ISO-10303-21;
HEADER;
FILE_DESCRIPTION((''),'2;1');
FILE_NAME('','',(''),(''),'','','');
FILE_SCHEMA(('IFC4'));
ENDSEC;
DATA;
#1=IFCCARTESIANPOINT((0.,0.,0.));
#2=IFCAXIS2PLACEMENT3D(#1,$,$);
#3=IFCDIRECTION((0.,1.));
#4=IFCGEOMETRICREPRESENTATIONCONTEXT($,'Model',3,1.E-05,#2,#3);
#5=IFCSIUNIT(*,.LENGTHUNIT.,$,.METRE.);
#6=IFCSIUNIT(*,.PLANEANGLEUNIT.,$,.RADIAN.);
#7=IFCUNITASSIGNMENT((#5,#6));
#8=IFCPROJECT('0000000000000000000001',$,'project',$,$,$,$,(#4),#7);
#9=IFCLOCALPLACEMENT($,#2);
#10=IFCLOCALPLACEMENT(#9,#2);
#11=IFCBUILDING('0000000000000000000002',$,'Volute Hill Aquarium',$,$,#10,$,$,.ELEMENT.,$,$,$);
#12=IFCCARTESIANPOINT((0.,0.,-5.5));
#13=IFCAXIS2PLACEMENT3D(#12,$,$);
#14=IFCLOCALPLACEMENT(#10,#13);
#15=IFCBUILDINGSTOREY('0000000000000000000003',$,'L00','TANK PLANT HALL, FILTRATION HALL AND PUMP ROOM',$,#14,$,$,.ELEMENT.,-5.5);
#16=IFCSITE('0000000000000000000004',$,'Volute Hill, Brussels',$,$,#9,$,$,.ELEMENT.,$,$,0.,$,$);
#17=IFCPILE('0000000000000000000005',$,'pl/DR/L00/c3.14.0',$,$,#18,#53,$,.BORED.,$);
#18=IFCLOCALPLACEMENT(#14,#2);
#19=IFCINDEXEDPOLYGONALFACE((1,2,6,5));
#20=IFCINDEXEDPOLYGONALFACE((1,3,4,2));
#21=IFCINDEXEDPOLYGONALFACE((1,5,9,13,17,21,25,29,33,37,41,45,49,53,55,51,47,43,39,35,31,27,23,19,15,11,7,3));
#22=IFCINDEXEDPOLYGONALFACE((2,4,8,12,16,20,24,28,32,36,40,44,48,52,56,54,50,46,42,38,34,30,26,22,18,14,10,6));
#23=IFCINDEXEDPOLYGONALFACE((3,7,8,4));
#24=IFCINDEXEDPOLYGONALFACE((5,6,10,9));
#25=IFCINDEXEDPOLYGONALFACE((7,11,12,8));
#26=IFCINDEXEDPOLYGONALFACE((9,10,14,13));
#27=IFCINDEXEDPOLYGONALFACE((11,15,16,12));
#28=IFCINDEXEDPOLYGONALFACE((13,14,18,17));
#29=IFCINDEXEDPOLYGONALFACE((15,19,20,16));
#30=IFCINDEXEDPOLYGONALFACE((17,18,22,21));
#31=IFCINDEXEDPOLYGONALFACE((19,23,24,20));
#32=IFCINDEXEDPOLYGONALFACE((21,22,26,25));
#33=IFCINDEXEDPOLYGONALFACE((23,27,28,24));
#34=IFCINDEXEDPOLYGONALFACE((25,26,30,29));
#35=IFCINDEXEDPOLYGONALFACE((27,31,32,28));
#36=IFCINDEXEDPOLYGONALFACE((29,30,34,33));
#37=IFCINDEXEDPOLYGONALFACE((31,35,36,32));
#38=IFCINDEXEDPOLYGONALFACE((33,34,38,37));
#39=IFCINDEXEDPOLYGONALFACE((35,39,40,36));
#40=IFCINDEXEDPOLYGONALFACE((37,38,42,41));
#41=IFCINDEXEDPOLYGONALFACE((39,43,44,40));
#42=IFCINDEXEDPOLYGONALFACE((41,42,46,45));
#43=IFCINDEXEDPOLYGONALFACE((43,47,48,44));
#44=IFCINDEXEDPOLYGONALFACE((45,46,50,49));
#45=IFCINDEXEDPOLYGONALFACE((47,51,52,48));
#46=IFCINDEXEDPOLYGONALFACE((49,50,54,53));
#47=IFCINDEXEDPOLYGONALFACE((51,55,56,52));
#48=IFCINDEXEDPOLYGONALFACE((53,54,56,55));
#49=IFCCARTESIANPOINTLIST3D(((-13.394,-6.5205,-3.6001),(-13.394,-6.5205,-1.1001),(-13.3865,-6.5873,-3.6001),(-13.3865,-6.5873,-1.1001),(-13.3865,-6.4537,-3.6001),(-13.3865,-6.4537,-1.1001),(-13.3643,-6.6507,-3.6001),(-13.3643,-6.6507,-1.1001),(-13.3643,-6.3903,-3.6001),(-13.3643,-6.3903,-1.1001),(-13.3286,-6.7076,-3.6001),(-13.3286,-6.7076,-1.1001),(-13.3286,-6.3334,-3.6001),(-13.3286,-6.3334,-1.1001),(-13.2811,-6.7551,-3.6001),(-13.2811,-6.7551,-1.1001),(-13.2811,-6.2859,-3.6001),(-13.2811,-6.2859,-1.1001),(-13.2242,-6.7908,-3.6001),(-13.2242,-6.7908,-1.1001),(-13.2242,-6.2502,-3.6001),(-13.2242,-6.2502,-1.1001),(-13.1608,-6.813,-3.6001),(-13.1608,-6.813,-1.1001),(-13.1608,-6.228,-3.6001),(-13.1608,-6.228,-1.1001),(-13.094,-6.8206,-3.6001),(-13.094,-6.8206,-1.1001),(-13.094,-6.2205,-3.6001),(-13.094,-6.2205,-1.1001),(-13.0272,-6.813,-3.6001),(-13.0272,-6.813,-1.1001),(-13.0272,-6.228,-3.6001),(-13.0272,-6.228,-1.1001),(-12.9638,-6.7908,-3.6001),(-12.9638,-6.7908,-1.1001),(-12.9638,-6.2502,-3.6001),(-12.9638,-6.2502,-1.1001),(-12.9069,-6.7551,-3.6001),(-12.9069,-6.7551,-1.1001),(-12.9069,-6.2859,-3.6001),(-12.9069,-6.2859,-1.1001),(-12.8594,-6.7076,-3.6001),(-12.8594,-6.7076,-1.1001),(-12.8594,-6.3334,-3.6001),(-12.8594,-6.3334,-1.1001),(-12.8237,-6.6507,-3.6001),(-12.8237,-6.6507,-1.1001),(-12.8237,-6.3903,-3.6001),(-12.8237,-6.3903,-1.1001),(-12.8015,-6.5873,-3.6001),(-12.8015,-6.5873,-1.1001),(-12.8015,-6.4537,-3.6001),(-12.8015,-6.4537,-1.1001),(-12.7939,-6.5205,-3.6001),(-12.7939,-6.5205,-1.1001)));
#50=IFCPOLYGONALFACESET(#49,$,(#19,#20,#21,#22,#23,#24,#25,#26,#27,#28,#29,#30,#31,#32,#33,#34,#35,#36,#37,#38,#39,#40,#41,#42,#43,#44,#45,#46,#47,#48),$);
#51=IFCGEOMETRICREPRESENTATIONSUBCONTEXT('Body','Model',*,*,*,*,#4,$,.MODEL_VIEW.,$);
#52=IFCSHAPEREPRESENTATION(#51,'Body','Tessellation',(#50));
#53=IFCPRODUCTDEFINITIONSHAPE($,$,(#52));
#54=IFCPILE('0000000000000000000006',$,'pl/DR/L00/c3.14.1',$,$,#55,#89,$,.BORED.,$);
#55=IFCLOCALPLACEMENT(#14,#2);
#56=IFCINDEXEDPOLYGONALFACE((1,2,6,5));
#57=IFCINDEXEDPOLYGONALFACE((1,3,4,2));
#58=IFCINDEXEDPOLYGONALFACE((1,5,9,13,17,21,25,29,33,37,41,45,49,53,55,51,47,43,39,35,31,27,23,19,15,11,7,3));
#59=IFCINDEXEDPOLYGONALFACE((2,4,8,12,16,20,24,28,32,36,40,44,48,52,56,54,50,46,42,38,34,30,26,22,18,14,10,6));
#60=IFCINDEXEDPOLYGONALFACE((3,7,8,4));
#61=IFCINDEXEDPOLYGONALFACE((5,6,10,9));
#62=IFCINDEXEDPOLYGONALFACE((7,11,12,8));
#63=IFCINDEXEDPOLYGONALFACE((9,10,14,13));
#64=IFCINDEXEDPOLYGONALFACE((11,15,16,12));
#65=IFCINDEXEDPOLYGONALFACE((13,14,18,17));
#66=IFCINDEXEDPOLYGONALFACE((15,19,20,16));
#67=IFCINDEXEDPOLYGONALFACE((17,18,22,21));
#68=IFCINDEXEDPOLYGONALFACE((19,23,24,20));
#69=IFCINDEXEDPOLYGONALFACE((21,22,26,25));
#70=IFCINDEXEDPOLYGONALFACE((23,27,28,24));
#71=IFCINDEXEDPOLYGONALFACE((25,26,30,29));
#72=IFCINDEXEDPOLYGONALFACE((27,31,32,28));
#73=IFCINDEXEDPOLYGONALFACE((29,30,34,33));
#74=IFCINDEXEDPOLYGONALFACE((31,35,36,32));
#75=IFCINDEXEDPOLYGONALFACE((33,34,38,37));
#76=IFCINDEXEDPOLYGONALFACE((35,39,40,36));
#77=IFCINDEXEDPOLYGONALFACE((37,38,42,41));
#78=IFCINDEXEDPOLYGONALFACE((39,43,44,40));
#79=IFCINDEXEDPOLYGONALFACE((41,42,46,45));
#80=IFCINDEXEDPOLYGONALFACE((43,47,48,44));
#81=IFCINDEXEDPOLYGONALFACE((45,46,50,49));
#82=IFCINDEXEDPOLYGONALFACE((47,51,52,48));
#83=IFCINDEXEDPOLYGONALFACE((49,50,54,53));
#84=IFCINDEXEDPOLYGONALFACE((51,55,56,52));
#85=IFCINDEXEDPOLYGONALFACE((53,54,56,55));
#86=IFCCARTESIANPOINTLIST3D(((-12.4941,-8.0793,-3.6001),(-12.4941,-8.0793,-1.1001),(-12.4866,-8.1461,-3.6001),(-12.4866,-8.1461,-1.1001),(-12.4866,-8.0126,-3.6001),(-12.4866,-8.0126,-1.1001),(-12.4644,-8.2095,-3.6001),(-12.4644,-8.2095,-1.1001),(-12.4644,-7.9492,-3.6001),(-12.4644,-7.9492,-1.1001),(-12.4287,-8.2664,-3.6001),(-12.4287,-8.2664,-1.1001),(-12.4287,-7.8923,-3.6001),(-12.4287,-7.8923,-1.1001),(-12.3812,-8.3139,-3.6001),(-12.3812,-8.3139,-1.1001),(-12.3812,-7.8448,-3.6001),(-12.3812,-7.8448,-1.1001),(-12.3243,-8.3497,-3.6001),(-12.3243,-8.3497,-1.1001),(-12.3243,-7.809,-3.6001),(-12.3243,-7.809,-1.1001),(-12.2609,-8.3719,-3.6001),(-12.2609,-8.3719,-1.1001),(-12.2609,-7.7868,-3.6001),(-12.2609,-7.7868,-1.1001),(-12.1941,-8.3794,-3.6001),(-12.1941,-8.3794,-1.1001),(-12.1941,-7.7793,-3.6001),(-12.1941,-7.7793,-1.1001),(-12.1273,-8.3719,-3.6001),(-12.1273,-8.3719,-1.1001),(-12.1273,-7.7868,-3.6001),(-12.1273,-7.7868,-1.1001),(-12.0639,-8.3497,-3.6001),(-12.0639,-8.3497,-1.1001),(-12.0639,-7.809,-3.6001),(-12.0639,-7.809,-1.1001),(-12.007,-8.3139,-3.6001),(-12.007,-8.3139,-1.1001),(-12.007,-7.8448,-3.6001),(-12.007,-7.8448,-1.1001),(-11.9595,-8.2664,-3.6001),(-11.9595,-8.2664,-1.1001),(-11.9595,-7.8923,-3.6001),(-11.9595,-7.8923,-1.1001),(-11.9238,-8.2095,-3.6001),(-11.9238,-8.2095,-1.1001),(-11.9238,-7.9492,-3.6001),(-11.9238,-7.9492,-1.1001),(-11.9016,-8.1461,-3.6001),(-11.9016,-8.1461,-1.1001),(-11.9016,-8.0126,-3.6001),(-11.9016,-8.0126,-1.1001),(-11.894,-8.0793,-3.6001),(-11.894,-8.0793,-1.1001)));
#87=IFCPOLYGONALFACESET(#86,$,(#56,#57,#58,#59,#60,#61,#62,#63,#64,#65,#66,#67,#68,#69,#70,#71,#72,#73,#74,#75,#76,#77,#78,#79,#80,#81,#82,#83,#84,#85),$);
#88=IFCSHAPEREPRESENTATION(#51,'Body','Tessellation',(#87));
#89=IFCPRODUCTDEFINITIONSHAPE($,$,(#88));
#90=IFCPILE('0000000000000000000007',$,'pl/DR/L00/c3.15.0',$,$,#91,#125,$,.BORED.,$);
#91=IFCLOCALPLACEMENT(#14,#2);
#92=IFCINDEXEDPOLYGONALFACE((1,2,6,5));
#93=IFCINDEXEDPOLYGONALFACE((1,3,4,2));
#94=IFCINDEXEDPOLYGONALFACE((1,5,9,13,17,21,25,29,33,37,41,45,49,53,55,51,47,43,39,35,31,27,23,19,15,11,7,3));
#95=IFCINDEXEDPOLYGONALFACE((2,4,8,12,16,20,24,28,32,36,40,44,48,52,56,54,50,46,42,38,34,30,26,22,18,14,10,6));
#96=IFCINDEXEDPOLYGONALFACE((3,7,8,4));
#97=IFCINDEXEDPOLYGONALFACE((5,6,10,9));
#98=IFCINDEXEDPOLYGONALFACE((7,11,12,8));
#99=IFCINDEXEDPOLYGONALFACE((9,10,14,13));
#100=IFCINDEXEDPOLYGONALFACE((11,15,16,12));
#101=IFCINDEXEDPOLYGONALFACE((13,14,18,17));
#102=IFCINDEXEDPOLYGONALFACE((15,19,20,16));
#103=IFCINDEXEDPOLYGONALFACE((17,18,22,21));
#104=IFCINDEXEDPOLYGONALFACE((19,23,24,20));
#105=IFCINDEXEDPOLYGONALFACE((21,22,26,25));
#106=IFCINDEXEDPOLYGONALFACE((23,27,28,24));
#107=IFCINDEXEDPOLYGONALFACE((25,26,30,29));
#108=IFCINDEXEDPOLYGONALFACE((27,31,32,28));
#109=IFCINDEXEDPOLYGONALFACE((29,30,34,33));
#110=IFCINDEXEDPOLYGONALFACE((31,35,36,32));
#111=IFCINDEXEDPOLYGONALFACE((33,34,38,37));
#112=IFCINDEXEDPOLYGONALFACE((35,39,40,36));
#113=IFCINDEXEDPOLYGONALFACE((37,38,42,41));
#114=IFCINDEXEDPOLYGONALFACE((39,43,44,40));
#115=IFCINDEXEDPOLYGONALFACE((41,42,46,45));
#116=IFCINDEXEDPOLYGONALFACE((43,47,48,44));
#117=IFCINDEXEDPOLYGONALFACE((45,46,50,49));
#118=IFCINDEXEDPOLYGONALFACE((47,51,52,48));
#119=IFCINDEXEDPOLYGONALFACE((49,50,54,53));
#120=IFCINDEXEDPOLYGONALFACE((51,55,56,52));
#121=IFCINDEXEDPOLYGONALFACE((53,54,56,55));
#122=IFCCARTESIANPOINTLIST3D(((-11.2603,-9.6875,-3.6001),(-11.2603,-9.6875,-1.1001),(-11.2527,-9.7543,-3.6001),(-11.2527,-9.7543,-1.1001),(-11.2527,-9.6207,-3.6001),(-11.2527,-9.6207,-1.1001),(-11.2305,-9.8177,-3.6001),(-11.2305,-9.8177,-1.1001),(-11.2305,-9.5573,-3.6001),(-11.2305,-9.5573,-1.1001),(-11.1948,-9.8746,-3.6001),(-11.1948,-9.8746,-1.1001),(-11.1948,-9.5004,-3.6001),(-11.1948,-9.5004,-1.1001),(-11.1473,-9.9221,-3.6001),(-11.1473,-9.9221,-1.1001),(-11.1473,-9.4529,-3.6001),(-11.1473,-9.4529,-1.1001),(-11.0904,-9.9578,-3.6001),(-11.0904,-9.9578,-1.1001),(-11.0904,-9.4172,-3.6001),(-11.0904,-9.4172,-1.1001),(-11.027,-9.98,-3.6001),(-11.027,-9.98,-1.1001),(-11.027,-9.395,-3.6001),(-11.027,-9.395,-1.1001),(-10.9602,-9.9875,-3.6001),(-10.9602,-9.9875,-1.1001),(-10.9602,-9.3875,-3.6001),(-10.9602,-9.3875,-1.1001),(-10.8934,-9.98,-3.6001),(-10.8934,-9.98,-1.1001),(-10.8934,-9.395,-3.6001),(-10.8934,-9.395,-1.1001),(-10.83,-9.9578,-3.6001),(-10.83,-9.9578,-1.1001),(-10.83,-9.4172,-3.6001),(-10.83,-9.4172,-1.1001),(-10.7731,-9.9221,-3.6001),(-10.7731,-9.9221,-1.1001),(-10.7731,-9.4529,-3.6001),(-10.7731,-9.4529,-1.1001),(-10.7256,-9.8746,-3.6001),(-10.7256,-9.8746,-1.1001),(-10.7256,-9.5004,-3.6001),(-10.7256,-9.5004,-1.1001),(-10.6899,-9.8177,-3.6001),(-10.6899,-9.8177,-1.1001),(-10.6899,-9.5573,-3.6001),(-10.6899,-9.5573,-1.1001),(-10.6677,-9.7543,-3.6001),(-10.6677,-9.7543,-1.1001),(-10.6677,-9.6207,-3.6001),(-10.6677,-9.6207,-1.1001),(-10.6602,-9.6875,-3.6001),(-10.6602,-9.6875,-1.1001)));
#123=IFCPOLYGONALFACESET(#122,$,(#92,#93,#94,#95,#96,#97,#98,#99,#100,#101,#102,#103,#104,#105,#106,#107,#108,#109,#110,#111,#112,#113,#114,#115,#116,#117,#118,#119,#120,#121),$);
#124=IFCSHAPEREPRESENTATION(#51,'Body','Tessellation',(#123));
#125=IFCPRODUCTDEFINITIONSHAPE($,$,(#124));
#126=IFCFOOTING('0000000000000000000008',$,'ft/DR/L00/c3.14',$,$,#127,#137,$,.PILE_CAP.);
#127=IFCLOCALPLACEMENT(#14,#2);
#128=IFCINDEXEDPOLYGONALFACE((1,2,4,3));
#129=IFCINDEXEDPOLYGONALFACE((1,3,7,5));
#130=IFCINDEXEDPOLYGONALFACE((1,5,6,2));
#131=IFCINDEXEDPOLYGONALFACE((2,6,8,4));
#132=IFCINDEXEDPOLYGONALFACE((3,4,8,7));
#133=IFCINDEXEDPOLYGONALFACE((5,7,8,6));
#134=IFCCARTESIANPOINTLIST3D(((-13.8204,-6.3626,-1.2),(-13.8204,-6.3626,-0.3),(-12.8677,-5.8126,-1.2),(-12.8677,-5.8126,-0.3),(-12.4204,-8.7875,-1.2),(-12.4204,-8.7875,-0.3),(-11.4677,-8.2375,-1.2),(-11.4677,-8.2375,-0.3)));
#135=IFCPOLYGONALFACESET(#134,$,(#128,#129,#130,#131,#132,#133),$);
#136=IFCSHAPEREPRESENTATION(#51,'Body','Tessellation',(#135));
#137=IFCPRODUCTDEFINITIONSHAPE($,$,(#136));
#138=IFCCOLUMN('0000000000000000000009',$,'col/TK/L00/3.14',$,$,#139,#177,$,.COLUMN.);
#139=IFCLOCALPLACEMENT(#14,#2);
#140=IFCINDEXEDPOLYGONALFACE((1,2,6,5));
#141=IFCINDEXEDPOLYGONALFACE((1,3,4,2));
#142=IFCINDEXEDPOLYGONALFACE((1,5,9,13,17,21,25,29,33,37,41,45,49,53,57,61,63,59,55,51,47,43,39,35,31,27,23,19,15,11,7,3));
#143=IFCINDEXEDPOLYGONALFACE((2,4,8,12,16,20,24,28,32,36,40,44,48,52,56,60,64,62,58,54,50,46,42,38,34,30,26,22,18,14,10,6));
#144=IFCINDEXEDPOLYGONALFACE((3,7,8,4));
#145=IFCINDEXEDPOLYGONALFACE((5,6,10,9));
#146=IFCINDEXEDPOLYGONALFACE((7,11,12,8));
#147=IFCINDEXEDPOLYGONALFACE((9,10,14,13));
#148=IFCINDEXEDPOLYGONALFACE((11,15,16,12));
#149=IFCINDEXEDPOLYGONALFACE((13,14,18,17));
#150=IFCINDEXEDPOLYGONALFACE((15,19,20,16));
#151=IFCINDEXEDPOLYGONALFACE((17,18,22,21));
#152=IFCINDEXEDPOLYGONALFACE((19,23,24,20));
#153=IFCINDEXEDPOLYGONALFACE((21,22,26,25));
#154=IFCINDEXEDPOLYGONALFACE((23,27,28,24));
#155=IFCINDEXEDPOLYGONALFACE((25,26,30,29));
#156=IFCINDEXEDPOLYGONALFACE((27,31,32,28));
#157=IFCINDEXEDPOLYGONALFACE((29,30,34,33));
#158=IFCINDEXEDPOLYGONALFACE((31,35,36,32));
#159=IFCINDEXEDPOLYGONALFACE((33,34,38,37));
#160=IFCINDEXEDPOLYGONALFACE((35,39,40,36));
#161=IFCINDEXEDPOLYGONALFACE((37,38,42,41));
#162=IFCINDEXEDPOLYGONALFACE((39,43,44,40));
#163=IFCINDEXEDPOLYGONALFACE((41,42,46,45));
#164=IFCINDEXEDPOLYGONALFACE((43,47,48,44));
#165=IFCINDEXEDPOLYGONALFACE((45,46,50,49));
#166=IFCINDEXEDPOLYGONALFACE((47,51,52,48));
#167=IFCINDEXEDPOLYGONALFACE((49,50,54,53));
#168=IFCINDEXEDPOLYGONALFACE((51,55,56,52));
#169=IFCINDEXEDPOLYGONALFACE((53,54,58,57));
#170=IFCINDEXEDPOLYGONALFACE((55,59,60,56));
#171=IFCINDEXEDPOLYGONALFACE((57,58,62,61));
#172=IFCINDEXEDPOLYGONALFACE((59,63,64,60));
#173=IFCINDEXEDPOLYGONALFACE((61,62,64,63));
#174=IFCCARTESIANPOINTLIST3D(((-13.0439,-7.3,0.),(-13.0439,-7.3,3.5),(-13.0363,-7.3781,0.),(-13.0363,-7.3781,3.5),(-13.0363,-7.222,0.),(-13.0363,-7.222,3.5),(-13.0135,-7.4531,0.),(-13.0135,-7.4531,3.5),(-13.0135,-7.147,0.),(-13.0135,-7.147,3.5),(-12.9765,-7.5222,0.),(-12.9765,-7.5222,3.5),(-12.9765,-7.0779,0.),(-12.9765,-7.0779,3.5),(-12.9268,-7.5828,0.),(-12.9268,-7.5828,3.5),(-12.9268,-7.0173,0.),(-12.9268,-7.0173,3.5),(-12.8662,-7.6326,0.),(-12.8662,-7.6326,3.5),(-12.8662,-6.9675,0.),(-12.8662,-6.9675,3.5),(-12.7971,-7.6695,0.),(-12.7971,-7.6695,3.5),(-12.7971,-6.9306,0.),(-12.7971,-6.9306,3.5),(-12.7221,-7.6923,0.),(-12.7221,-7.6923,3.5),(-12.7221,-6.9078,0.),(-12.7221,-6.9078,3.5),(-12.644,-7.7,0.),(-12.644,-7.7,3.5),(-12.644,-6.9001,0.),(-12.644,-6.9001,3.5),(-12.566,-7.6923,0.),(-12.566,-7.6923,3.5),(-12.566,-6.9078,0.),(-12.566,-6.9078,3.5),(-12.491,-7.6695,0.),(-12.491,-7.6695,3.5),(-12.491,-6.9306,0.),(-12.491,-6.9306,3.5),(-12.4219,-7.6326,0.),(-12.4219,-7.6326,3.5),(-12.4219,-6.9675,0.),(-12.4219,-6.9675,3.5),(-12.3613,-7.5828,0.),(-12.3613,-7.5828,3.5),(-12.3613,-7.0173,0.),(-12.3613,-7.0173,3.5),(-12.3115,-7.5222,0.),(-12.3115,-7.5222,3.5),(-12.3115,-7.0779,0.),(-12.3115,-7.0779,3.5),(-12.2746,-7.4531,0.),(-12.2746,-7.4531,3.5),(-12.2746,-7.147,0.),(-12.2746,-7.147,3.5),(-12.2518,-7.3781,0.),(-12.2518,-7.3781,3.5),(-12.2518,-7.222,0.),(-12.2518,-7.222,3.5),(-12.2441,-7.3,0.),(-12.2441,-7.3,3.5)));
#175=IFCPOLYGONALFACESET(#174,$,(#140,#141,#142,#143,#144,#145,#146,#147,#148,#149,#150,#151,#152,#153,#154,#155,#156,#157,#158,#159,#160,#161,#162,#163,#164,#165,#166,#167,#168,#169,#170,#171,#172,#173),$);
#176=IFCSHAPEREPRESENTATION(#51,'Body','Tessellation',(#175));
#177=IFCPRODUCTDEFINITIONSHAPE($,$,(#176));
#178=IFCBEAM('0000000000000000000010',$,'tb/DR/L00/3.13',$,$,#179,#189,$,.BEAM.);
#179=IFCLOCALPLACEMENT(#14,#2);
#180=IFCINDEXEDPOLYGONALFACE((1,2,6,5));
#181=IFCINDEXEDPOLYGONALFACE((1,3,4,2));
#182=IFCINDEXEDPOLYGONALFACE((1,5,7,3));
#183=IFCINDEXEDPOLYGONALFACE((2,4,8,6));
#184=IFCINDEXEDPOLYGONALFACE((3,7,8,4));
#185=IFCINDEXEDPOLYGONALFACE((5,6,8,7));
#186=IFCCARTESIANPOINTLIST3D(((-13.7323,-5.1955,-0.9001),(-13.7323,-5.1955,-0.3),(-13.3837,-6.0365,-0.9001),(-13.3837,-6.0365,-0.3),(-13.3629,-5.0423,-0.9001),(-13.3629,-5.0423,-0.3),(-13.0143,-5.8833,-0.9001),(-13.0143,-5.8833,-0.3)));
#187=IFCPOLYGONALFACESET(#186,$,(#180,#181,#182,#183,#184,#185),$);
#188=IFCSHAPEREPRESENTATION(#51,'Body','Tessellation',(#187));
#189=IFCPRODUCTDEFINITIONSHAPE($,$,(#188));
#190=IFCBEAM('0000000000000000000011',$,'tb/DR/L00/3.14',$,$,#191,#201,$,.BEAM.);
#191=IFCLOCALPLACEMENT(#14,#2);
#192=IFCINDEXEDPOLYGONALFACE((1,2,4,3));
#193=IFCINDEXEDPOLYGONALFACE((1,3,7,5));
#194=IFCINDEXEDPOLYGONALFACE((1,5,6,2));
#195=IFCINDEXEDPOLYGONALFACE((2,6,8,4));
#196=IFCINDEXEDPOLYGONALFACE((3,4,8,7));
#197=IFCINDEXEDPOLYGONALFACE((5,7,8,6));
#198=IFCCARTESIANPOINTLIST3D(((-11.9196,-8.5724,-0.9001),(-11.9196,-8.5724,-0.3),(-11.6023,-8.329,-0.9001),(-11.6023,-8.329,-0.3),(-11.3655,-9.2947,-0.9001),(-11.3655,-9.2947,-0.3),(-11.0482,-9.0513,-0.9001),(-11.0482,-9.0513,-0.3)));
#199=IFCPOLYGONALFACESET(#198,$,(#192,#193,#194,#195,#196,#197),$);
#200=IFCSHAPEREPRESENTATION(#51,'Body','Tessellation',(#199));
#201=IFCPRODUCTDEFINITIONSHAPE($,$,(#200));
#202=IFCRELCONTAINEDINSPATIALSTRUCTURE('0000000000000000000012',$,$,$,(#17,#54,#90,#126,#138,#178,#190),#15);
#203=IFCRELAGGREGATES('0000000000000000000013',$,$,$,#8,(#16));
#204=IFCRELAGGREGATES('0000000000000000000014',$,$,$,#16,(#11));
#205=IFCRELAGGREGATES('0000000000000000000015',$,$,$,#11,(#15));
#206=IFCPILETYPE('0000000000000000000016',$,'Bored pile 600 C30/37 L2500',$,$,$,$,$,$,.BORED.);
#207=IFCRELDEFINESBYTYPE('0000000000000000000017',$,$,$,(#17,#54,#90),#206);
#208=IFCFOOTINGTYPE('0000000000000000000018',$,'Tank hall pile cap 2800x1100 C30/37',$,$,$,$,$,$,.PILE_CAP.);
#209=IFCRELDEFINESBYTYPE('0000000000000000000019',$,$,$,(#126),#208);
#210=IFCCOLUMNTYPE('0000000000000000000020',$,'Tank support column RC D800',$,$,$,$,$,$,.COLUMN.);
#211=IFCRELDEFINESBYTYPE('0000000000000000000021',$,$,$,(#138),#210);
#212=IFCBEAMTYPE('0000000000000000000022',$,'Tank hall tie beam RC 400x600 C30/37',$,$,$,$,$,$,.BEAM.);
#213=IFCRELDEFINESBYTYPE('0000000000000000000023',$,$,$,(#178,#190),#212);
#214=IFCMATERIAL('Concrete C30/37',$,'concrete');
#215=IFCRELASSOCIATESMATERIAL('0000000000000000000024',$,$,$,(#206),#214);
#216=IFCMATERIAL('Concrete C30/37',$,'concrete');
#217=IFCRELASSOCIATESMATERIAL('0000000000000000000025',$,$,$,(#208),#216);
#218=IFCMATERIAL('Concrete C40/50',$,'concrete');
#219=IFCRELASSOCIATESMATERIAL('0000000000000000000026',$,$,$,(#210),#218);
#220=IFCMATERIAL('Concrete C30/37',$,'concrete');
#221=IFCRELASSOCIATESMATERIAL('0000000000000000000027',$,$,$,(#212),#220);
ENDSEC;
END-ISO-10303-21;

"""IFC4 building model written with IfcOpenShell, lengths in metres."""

from ifc_helpers import new_model, si_unit, direction, frame, origin, origin_2d, place, context, subcontext, project, spatial, rectangle, circle, extrude, material, material_profile, profile_set, type_object, element, save


model = new_model("IFC4")

# Units and contexts
model_context = context("Model", 3, precision=1e-05, world=origin(), true_north=direction((0.0, 1.0)))
body_context = subcontext(model_context, "Body", "Model", "MODEL_VIEW")
ifc_project = project(units=[si_unit("LENGTHUNIT", "METRE"), si_unit("PLANEANGLEUNIT", "RADIAN")], contexts=[model_context])

# Site, building, storey
site_placement = place(None, origin())
site = spatial("IfcSite", under=ifc_project, at=site_placement, Name="Volute Hill, Brussels", CompositionType="ELEMENT", RefElevation=0.0)
building_placement = place(site_placement, origin())
building = spatial("IfcBuilding", under=site, at=building_placement, Name="Volute Hill Aquarium", CompositionType="ELEMENT")
storey_placement = place(building_placement, frame((0.0, 0.0, -5.5)))
storey = spatial("IfcBuildingStorey", under=building, at=storey_placement, Name="L00", Description="TANK PLANT HALL, FILTRATION HALL AND PUMP ROOM", CompositionType="ELEMENT", Elevation=-5.5)

# Piles
ifc_material_1 = material(Name="Concrete C30/37", Category="concrete")
pile_type = type_object("IfcPileType", Name="Bored pile 600 C30/37 L2500", PredefinedType="BORED", material=ifc_material_1)
for number, where, z_axis, x_axis, name in (
    (1, (-13.094, -6.5205, -1.1001), (0.0, 0.0, -1.0), (1.0, 0.0, 0.0), "pl/DR/L00/c3.14.0"),
    (2, (-12.1941, -8.0793, -1.1001), (0.0, 0.0, -1.0), (1.0, 0.0, 0.0), "pl/DR/L00/c3.14.1"),
    (3, (-10.9602, -9.6875, -1.1001), (0.0, 0.0, -1.0), (1.0, 0.0, 0.0), "pl/DR/L00/c3.15.0"),
):
    element("IfcPile", number, at=place(storey_placement, frame(where, z_axis=z_axis, x_axis=x_axis)), inside=storey, type_object=pile_type, Name=name, PredefinedType="BORED", context=body_context, shape_type="SweptSolid", body=[
        extrude(circle(Radius=0.3, at=origin_2d()), origin(), (0.0, 0.0, 1.0), 2.5),
    ])

# Footing
ifc_material_2 = material(Name="Concrete C30/37", Category="concrete")
footing_type = type_object("IfcFootingType", Name="Tank hall pile cap 2800x1100 C30/37", PredefinedType="PILE_CAP", material=ifc_material_2)
footing_placement = place(storey_placement, frame((-12.644, -7.3, -1.2), z_axis=(0.0, 0.0, 1.0), x_axis=(0.5, -0.866025, 0.0)))
element("IfcFooting", 4, at=footing_placement, inside=storey, type_object=footing_type, Name="ft/DR/L00/c3.14", PredefinedType="PILE_CAP", context=body_context, shape_type="SweptSolid", body=[
    extrude(rectangle(XDim=2.8, YDim=1.1001, at=origin_2d()), origin(), (0.0, 0.0, 1.0), 0.8999),
])

# Column
ifc_material_3 = material(Name="Concrete C40/50", Category="concrete")
ifc_material_profile_1 = material_profile(ifc_material_3, circle(Radius=0.3999, at=origin_2d()), Name="RC round column D800")
ifc_profile_set_1 = profile_set([ifc_material_profile_1], Name="Concrete C40/50")
column_type = type_object("IfcColumnType", Name="Tank support column RC D800", PredefinedType="COLUMN", material=ifc_profile_set_1)
column_placement = place(storey_placement, frame((-12.644, -7.3, 0.0), z_axis=(0.0, 0.0, 1.0), x_axis=(1.0, 0.0, 0.0)))
element("IfcColumn", 5, at=column_placement, inside=storey, type_object=column_type, Name="col/TK/L00/3.14", PredefinedType="COLUMN", context=body_context, shape_type="SweptSolid", body=[
    extrude(circle(Radius=0.3999, at=origin_2d()), origin(), (0.0, 0.0, 1.0), 3.5),
])

# Beams
ifc_material_4 = material(Name="Concrete C30/37", Category="concrete")
ifc_material_profile_2 = material_profile(ifc_material_4, rectangle(XDim=0.3999, YDim=0.6001, at=origin_2d()), Name="RC tie beam 400x600")
ifc_profile_set_2 = profile_set([ifc_material_profile_2], Name="Concrete C30/37")
beam_type_1 = type_object("IfcBeamType", Name="Tank hall tie beam RC 400x600 C30/37", PredefinedType="BEAM", material=ifc_profile_set_2)
for number, where, z_axis, x_axis, name in (
    (6, (-13.5476, -5.1189, -0.6001), (0.38292, -0.923781, 0.0), (0.923781, 0.38292, 0.0), "tb/DR/L00/3.13"),
    (7, (-11.761, -8.4507, -0.6001), (0.608674, -0.793421, 0.0), (0.793421, 0.608674, 0.0), "tb/DR/L00/3.14"),
):
    element("IfcBeam", number, at=place(storey_placement, frame(where, z_axis=z_axis, x_axis=x_axis)), inside=storey, type_object=beam_type_1, Name=name, PredefinedType="BEAM", context=body_context, shape_type="SweptSolid", body=[
        extrude(rectangle(XDim=0.3999, YDim=0.6001, at=origin_2d()), origin(), (0.0, 0.0, 1.0), 0.9104),
    ])

save(model, "model.ifc")
